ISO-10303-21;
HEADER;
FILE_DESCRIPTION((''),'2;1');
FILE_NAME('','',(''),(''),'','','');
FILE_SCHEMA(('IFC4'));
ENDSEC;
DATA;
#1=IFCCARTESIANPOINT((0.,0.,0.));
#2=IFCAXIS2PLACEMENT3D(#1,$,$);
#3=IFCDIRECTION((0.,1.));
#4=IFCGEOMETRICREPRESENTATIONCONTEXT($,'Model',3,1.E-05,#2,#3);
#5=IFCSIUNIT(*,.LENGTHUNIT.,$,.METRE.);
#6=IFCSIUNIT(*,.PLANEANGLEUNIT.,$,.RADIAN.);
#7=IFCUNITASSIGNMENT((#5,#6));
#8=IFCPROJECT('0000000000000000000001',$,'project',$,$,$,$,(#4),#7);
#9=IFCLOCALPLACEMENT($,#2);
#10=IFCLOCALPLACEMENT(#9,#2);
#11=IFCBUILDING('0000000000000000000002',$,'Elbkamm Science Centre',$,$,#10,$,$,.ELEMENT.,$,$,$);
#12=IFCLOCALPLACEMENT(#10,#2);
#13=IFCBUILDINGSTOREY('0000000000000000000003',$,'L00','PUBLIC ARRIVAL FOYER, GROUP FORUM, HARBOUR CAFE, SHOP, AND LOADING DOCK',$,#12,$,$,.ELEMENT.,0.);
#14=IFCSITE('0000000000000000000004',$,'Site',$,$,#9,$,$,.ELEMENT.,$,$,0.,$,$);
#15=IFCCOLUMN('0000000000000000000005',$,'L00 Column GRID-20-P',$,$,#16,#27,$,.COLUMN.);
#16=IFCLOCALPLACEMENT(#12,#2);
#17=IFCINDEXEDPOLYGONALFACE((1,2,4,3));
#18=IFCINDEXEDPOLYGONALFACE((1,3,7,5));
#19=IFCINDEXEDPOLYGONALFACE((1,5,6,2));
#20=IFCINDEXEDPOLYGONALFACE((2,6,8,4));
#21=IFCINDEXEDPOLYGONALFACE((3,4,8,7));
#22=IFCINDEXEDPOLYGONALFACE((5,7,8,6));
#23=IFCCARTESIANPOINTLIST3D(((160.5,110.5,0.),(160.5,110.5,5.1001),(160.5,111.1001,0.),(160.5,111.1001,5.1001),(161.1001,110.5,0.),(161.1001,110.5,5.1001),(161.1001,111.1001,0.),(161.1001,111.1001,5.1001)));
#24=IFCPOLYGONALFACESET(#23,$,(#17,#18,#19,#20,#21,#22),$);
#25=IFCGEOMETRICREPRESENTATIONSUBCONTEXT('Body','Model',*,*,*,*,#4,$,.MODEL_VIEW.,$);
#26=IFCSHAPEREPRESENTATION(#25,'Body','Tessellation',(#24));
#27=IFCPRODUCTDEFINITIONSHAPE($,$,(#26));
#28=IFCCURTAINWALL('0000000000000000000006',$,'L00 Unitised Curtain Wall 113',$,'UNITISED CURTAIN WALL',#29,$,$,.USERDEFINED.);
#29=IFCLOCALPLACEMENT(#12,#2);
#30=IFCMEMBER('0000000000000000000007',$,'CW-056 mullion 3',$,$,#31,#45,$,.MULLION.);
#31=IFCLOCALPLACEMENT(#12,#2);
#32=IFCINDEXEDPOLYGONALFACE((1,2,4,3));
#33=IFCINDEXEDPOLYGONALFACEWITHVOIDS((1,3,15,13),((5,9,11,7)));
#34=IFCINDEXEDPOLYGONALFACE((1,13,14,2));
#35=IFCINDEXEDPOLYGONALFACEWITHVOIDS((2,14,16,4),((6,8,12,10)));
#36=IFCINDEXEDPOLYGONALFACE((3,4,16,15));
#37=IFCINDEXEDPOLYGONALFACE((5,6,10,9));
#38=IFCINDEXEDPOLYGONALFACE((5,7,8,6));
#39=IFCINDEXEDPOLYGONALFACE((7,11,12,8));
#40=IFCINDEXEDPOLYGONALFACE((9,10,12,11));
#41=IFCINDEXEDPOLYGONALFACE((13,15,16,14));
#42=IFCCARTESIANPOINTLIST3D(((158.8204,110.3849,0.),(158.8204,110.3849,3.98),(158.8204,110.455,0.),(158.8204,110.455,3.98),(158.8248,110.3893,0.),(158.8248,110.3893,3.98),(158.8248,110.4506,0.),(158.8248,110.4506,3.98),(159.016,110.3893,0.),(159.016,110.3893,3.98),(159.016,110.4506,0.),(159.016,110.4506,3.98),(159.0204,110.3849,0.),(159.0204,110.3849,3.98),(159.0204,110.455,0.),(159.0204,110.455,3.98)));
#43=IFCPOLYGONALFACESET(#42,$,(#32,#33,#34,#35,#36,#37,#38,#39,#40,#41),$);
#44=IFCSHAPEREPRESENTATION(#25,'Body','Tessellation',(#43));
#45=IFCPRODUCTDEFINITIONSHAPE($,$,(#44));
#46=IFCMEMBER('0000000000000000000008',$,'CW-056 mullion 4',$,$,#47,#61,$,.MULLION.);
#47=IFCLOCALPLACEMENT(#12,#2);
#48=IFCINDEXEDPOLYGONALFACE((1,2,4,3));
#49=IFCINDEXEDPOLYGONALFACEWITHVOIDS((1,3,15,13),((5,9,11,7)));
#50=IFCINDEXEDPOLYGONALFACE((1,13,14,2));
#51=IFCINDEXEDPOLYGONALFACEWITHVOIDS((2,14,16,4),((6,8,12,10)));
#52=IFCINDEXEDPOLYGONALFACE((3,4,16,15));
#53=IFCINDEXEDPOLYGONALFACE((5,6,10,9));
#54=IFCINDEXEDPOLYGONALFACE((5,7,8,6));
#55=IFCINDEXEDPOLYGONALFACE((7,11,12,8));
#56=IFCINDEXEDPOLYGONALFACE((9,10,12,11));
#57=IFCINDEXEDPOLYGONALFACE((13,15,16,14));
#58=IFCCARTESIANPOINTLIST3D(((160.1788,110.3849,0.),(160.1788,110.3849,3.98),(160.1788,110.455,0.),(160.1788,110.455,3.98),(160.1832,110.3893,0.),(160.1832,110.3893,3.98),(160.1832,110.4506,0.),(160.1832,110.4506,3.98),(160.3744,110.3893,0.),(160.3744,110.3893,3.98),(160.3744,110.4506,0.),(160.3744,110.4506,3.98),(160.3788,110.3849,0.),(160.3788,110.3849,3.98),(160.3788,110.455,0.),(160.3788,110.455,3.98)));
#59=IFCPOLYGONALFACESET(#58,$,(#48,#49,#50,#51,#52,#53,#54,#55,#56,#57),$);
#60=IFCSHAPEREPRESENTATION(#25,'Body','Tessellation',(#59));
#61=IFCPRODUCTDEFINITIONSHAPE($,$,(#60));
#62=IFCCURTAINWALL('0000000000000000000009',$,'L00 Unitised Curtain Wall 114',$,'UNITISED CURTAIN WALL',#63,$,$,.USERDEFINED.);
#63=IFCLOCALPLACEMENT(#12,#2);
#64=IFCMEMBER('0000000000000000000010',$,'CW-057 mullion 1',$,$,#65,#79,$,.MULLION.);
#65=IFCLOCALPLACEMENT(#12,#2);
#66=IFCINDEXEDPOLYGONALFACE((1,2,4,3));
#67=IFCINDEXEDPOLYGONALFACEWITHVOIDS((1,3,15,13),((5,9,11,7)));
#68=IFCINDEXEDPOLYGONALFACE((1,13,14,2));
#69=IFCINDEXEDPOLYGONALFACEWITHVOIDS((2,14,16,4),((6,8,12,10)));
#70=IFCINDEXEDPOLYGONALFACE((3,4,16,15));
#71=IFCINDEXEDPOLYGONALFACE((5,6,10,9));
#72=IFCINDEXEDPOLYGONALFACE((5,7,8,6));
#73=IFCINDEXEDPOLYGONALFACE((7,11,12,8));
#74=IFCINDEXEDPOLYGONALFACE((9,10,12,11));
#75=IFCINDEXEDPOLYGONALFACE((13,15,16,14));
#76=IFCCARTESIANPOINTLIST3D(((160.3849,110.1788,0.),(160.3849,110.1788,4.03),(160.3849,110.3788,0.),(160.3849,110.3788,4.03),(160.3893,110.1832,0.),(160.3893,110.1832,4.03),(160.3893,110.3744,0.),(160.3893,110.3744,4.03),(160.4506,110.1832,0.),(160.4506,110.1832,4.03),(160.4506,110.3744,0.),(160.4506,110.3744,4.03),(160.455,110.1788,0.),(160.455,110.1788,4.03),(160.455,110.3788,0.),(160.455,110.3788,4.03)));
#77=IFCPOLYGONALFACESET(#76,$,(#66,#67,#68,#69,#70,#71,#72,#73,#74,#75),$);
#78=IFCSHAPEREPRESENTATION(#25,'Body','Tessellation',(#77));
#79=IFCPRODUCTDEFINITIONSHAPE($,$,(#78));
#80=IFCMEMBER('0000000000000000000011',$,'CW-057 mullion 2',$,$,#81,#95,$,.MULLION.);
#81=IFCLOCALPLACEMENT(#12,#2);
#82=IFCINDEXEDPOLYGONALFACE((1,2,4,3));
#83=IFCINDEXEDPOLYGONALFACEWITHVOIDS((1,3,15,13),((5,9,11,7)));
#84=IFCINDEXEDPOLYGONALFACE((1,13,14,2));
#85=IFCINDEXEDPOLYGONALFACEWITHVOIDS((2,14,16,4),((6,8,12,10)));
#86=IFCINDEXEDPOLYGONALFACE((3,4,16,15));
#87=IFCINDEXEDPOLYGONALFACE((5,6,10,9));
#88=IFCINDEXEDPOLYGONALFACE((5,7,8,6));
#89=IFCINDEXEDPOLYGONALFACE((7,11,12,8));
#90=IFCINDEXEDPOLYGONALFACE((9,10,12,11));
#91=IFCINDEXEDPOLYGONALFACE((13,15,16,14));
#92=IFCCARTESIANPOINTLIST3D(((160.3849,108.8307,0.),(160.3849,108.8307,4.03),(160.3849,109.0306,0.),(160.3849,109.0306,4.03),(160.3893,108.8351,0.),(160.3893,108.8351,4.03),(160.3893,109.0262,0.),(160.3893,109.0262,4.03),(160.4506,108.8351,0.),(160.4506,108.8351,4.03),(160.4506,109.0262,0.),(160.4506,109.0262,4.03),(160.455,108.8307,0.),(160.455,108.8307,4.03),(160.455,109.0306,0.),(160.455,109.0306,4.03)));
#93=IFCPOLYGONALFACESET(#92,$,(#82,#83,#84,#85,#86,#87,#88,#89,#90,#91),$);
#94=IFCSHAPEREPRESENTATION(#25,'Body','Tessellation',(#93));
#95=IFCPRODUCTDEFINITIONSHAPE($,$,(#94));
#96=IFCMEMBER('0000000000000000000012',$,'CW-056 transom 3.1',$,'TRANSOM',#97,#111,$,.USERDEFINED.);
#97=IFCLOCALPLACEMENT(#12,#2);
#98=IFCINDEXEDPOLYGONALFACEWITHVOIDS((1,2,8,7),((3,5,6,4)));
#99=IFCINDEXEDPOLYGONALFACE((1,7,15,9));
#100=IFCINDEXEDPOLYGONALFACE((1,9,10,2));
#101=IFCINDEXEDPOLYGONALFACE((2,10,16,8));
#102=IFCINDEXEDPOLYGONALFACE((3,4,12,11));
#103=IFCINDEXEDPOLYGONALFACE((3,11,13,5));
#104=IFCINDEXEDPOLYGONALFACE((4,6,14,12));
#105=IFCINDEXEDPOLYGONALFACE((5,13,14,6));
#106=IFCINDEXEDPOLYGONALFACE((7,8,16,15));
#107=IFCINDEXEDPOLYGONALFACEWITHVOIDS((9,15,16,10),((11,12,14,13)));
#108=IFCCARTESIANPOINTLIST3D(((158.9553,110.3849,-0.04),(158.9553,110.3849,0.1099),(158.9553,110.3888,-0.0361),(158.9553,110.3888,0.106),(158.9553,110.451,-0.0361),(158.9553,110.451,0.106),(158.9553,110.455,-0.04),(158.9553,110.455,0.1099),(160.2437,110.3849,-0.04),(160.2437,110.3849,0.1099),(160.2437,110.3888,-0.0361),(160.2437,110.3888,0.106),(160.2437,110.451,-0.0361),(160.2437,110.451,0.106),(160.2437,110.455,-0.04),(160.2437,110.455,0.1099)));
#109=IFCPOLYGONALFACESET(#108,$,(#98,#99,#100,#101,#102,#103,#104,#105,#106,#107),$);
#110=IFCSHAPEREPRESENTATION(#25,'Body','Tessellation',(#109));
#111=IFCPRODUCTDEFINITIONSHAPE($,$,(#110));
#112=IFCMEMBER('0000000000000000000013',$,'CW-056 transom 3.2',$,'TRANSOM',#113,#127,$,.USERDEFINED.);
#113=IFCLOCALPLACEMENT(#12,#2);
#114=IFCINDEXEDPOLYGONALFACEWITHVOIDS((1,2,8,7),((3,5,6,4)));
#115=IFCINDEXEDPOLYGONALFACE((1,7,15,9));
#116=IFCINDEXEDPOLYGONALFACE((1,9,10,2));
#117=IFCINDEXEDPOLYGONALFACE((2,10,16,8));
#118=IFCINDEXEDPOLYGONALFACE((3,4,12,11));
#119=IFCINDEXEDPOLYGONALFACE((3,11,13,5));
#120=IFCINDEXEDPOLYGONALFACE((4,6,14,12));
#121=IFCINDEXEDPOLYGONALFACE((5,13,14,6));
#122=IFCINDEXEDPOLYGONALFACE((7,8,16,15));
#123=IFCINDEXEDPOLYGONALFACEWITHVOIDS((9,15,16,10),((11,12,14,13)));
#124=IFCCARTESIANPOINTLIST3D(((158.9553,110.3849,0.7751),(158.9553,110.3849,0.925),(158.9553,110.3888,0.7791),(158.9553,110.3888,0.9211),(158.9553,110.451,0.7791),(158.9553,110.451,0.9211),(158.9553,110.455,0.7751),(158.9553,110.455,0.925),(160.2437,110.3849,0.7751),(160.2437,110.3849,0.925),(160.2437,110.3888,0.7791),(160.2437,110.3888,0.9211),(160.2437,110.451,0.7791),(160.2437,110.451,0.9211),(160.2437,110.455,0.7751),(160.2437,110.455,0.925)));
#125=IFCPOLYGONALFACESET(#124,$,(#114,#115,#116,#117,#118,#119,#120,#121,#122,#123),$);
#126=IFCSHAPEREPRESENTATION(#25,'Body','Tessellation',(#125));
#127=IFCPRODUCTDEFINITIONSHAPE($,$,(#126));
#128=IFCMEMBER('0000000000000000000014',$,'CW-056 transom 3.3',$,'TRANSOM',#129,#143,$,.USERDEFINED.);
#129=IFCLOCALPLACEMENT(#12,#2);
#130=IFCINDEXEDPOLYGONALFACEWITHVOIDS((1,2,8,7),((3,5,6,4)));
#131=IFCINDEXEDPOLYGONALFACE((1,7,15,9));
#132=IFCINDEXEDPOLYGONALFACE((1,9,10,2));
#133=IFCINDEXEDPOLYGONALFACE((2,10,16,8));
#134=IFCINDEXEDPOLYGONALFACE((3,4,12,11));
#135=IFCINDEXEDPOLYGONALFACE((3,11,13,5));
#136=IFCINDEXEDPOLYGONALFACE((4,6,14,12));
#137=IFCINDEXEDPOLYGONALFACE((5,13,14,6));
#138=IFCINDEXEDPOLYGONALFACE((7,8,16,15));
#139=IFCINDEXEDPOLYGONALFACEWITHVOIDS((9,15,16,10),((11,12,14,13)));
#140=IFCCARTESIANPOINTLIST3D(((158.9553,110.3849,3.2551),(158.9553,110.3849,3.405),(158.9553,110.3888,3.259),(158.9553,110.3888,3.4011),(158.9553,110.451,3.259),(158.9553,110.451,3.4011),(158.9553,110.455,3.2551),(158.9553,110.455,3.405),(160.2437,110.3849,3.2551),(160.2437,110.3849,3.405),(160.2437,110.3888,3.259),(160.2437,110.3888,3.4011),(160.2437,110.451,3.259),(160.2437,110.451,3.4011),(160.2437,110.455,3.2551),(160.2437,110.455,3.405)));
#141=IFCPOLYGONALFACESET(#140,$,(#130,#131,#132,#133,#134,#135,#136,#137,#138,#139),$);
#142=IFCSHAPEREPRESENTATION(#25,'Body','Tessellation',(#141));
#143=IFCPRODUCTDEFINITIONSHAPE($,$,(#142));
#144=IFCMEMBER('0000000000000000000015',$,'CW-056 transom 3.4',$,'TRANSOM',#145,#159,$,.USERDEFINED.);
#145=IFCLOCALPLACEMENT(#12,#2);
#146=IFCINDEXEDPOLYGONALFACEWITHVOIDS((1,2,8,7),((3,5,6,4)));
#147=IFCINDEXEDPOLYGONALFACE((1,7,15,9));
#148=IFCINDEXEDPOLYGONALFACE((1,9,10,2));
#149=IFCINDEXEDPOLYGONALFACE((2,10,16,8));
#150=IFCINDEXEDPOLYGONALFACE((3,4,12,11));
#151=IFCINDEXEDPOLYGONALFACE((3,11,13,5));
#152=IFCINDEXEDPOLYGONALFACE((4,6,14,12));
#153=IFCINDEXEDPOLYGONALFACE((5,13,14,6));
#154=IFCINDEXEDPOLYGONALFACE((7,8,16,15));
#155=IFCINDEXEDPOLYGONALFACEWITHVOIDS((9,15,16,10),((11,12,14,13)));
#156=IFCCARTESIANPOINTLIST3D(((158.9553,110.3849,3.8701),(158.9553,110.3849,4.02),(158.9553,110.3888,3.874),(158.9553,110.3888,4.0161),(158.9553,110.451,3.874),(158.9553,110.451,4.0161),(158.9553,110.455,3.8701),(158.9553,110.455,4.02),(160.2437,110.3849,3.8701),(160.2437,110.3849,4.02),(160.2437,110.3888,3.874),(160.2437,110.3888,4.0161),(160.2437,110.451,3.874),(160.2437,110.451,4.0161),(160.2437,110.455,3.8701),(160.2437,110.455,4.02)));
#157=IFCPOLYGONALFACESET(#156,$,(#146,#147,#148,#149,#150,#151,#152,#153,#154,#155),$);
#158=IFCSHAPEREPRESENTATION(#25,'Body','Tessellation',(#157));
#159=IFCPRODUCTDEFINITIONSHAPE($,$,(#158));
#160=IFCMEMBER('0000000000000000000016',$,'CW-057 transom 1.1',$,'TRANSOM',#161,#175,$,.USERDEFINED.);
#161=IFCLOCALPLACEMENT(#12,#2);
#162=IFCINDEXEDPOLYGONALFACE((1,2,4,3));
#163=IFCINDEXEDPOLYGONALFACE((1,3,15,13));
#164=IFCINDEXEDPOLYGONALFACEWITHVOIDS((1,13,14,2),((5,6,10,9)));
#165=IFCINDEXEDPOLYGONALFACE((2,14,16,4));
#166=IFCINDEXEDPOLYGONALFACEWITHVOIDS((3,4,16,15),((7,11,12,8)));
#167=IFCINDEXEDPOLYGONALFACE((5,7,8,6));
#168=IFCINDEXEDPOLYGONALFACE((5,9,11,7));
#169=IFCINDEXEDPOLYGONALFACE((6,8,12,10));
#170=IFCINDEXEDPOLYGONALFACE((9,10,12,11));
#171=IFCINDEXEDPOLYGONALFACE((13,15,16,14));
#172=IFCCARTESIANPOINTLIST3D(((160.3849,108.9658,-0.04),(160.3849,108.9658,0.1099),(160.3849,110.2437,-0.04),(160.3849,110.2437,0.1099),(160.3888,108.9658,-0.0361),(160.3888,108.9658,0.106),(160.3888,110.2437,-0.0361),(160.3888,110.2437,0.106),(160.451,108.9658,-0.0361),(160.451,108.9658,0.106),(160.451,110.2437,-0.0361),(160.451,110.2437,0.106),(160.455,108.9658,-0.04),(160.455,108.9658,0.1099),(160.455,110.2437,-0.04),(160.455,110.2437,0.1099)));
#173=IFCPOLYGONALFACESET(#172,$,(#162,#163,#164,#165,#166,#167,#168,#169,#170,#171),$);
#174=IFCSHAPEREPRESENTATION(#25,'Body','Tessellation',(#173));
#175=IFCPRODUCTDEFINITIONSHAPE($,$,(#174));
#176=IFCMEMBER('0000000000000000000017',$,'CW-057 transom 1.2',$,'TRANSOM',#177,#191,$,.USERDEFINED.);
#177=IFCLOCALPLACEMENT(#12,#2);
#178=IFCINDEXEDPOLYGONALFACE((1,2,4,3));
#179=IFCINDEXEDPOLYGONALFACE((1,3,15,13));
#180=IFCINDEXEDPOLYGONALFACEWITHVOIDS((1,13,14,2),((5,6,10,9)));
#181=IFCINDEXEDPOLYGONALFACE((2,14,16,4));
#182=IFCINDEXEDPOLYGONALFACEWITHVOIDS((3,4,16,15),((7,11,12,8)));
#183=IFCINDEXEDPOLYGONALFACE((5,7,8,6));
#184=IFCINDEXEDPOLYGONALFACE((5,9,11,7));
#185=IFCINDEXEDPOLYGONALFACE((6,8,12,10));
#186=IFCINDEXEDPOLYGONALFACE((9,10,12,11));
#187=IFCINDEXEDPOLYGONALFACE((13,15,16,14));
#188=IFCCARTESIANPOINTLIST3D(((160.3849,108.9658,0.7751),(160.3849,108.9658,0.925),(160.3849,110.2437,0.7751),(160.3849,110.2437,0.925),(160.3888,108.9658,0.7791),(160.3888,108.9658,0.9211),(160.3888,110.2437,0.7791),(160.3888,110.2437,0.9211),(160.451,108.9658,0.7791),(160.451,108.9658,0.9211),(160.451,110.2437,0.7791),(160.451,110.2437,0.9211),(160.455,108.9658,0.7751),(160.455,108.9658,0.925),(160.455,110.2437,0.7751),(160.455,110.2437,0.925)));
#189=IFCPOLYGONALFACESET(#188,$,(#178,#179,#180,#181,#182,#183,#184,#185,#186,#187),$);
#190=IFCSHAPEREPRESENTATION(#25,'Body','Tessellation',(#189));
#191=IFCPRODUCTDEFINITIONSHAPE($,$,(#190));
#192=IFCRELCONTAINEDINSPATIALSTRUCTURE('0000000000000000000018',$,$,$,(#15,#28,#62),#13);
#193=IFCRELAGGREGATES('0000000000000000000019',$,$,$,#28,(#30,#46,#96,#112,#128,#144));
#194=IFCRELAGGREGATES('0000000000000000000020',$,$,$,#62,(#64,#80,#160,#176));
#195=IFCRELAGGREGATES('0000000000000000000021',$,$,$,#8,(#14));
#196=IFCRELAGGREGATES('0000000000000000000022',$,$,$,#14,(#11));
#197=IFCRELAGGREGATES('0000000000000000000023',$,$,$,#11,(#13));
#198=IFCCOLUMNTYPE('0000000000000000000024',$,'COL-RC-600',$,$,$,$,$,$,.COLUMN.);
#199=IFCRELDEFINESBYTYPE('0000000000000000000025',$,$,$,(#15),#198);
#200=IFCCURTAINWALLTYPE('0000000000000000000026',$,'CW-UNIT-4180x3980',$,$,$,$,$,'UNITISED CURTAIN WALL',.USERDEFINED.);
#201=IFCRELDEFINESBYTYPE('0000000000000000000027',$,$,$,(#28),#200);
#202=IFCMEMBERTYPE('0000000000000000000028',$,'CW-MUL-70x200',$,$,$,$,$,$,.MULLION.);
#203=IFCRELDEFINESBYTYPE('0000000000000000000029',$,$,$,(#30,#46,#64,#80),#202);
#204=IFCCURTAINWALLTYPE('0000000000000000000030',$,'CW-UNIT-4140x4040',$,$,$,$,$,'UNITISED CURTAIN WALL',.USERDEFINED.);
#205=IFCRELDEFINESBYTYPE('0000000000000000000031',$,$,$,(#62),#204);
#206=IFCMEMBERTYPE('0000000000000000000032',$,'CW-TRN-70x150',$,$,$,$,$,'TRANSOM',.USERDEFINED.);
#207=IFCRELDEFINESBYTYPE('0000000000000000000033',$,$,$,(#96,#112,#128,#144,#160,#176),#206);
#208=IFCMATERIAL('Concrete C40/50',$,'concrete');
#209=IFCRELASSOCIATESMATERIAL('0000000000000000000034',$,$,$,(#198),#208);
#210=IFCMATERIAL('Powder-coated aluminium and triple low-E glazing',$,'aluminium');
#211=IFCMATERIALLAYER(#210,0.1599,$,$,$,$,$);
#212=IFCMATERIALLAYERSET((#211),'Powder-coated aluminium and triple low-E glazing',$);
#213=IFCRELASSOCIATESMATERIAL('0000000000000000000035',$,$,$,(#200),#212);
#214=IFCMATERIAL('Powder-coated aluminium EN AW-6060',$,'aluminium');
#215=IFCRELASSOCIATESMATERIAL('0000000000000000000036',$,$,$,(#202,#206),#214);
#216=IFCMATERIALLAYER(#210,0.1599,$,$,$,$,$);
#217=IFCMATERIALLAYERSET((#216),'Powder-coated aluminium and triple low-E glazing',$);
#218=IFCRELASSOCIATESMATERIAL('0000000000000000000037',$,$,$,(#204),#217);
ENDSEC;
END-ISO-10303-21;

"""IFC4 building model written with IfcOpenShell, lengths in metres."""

from ifc_helpers import new_model, si_unit, direction, frame, origin, origin_2d, place, context, subcontext, project, spatial, rectangle, hollow_rectangle, extrude, material, layer, layer_set, material_profile, profile_set, type_object, element, aggregate, save


model = new_model("IFC4")

# Units and contexts
model_context = context("Model", 3, precision=1e-05, world=origin(), true_north=direction((0.0, 1.0)))
body_context = subcontext(model_context, "Body", "Model", "MODEL_VIEW")
ifc_project = project(units=[si_unit("LENGTHUNIT", "METRE"), si_unit("PLANEANGLEUNIT", "RADIAN")], contexts=[model_context])

# Site, building, storey
site_placement = place(None, origin())
site = spatial("IfcSite", under=ifc_project, at=site_placement, Name="Site", CompositionType="ELEMENT", RefElevation=0.0)
building_placement = place(site_placement, origin())
building = spatial("IfcBuilding", under=site, at=building_placement, Name="Elbkamm Science Centre", CompositionType="ELEMENT")
storey_placement = place(building_placement, origin())
storey = spatial("IfcBuildingStorey", under=building, at=storey_placement, Name="L00", Description="PUBLIC ARRIVAL FOYER, GROUP FORUM, HARBOUR CAFE, SHOP, AND LOADING DOCK", CompositionType="ELEMENT", Elevation=0.0)

# Column
ifc_material_1 = material(Name="Concrete C40/50", Category="concrete")
ifc_material_profile_1 = material_profile(ifc_material_1, rectangle(XDim=0.6001, YDim=0.6001, at=origin_2d()), Name="RC 600x600")
ifc_profile_set_1 = profile_set([ifc_material_profile_1], Name="Concrete C40/50")
column_type = type_object("IfcColumnType", Name="COL-RC-600", PredefinedType="COLUMN", material=ifc_profile_set_1)
column_placement = place(storey_placement, frame((160.8, 110.8, 0.0), z_axis=(0.0, 0.0, 1.0), x_axis=(1.0, 0.0, 0.0)))
element("IfcColumn", 1, at=column_placement, inside=storey, type_object=column_type, Name="L00 Column GRID-20-P", PredefinedType="COLUMN", context=body_context, shape_type="SweptSolid", body=[
    extrude(rectangle(XDim=0.6001, YDim=0.6001, at=origin_2d()), origin(), (0.0, 0.0, 1.0), 5.1001),
])

# Curtain walls, members
ifc_material_2 = material(Name="Powder-coated aluminium and triple low-E glazing", Category="aluminium")
ifc_layer_1 = layer(ifc_material_2, 0.1599)
ifc_layer_set_1 = layer_set([ifc_layer_1], Name="Powder-coated aluminium and triple low-E glazing")
curtain_wall_type_1 = type_object("IfcCurtainWallType", Name="CW-UNIT-4180x3980", ElementType="UNITISED CURTAIN WALL", PredefinedType="USERDEFINED", material=ifc_layer_set_1)
curtain_wall_1_placement = place(storey_placement, origin())
curtain_wall_1 = element("IfcCurtainWall", 2, at=curtain_wall_1_placement, inside=storey, type_object=curtain_wall_type_1, Name="L00 Unitised Curtain Wall 113", ObjectType="UNITISED CURTAIN WALL", PredefinedType="USERDEFINED")
ifc_material_3 = material(Name="Powder-coated aluminium EN AW-6060", Category="aluminium")
ifc_material_profile_2 = material_profile(ifc_material_3, hollow_rectangle(XDim=0.0701, YDim=0.2, WallThickness=0.0044, at=origin_2d()), Name="ALU M70x200")
ifc_profile_set_2 = profile_set([ifc_material_profile_2], Name="Powder-coated aluminium EN AW-6060")
member_type_1 = type_object("IfcMemberType", Name="CW-MUL-70x200", PredefinedType="MULLION", material=ifc_profile_set_2)
member_1_placement = place(storey_placement, frame((158.9204, 110.4199, 0.0), z_axis=(0.0, 0.0, 1.0), x_axis=(0.0, 1.0, 0.0)))
member_1 = element("IfcMember", 3, at=member_1_placement, type_object=member_type_1, Name="CW-056 mullion 3", PredefinedType="MULLION", context=body_context, shape_type="SweptSolid", body=[
    extrude(hollow_rectangle(XDim=0.0701, YDim=0.2, WallThickness=0.0044, at=origin_2d()), origin(), (0.0, 0.0, 1.0), 3.98),
])
member_2_placement = place(storey_placement, frame((160.2788, 110.4199, 0.0), z_axis=(0.0, 0.0, 1.0), x_axis=(0.0, 1.0, 0.0)))
member_2 = element("IfcMember", 4, at=member_2_placement, type_object=member_type_1, Name="CW-056 mullion 4", PredefinedType="MULLION", context=body_context, shape_type="SweptSolid", body=[
    extrude(hollow_rectangle(XDim=0.0701, YDim=0.2, WallThickness=0.0044, at=origin_2d()), origin(), (0.0, 0.0, 1.0), 3.98),
])
ifc_layer_2 = layer(ifc_material_2, 0.1599)
ifc_layer_set_2 = layer_set([ifc_layer_2], Name="Powder-coated aluminium and triple low-E glazing")
curtain_wall_type_2 = type_object("IfcCurtainWallType", Name="CW-UNIT-4140x4040", ElementType="UNITISED CURTAIN WALL", PredefinedType="USERDEFINED", material=ifc_layer_set_2)
curtain_wall_2_placement = place(storey_placement, origin())
curtain_wall_2 = element("IfcCurtainWall", 5, at=curtain_wall_2_placement, inside=storey, type_object=curtain_wall_type_2, Name="L00 Unitised Curtain Wall 114", ObjectType="UNITISED CURTAIN WALL", PredefinedType="USERDEFINED")
member_3_placement = place(storey_placement, frame((160.4199, 110.2788, 0.0), z_axis=(0.0, 0.0, 1.0), x_axis=(1.0, 0.0, 0.0)))
member_3 = element("IfcMember", 6, at=member_3_placement, type_object=member_type_1, Name="CW-057 mullion 1", PredefinedType="MULLION", context=body_context, shape_type="SweptSolid", body=[
    extrude(hollow_rectangle(XDim=0.0701, YDim=0.2, WallThickness=0.0044, at=origin_2d()), origin(), (0.0, 0.0, 1.0), 4.03),
])
member_4_placement = place(storey_placement, frame((160.4199, 108.9307, 0.0), z_axis=(0.0, 0.0, 1.0), x_axis=(1.0, 0.0, 0.0)))
member_4 = element("IfcMember", 7, at=member_4_placement, type_object=member_type_1, Name="CW-057 mullion 2", PredefinedType="MULLION", context=body_context, shape_type="SweptSolid", body=[
    extrude(hollow_rectangle(XDim=0.0701, YDim=0.2, WallThickness=0.0044, at=origin_2d()), origin(), (0.0, 0.0, 1.0), 4.03),
])

# Members
ifc_material_profile_3 = material_profile(ifc_material_3, hollow_rectangle(XDim=0.0701, YDim=0.1499, WallThickness=0.0039, at=origin_2d()), Name="ALU T70x150")
ifc_profile_set_3 = profile_set([ifc_material_profile_3], Name="Powder-coated aluminium EN AW-6060")
member_type_2 = type_object("IfcMemberType", Name="CW-TRN-70x150", ElementType="TRANSOM", PredefinedType="USERDEFINED", material=ifc_profile_set_3)
member_5_placement = place(storey_placement, frame((158.9553, 110.4199, 0.0349), z_axis=(1.0, 0.0, 0.0), x_axis=(0.0, 1.0, 0.0)))
member_5 = element("IfcMember", 8, at=member_5_placement, type_object=member_type_2, Name="CW-056 transom 3.1", ObjectType="TRANSOM", PredefinedType="USERDEFINED", context=body_context, shape_type="SweptSolid", body=[
    extrude(hollow_rectangle(XDim=0.0701, YDim=0.1499, WallThickness=0.0039, at=origin_2d()), origin(), (0.0, 0.0, 1.0), 1.2883),
])
member_6_placement = place(storey_placement, frame((158.9553, 110.4199, 0.8501), z_axis=(1.0, 0.0, 0.0), x_axis=(0.0, 1.0, 0.0)))
member_6 = element("IfcMember", 9, at=member_6_placement, type_object=member_type_2, Name="CW-056 transom 3.2", ObjectType="TRANSOM", PredefinedType="USERDEFINED", context=body_context, shape_type="SweptSolid", body=[
    extrude(hollow_rectangle(XDim=0.0701, YDim=0.1499, WallThickness=0.0039, at=origin_2d()), origin(), (0.0, 0.0, 1.0), 1.2883),
])
member_7_placement = place(storey_placement, frame((158.9553, 110.4199, 3.3301), z_axis=(1.0, 0.0, 0.0), x_axis=(0.0, 1.0, 0.0)))
member_7 = element("IfcMember", 10, at=member_7_placement, type_object=member_type_2, Name="CW-056 transom 3.3", ObjectType="TRANSOM", PredefinedType="USERDEFINED", context=body_context, shape_type="SweptSolid", body=[
    extrude(hollow_rectangle(XDim=0.0701, YDim=0.1499, WallThickness=0.0039, at=origin_2d()), origin(), (0.0, 0.0, 1.0), 1.2883),
])
member_8_placement = place(storey_placement, frame((158.9553, 110.4199, 3.9451), z_axis=(1.0, 0.0, 0.0), x_axis=(0.0, 1.0, 0.0)))
member_8 = element("IfcMember", 11, at=member_8_placement, type_object=member_type_2, Name="CW-056 transom 3.4", ObjectType="TRANSOM", PredefinedType="USERDEFINED", context=body_context, shape_type="SweptSolid", body=[
    extrude(hollow_rectangle(XDim=0.0701, YDim=0.1499, WallThickness=0.0039, at=origin_2d()), origin(), (0.0, 0.0, 1.0), 1.2883),
])
member_9_placement = place(storey_placement, frame((160.4199, 110.2437, 0.0349), z_axis=(0.0, -1.0, 0.0), x_axis=(1.0, 0.0, 0.0)))
member_9 = element("IfcMember", 12, at=member_9_placement, type_object=member_type_2, Name="CW-057 transom 1.1", ObjectType="TRANSOM", PredefinedType="USERDEFINED", context=body_context, shape_type="SweptSolid", body=[
    extrude(hollow_rectangle(XDim=0.0701, YDim=0.1499, WallThickness=0.0039, at=origin_2d()), origin(), (0.0, 0.0, 1.0), 1.2778),
])
member_10_placement = place(storey_placement, frame((160.4199, 110.2437, 0.8501), z_axis=(0.0, -1.0, 0.0), x_axis=(1.0, 0.0, 0.0)))
member_10 = element("IfcMember", 13, at=member_10_placement, type_object=member_type_2, Name="CW-057 transom 1.2", ObjectType="TRANSOM", PredefinedType="USERDEFINED", context=body_context, shape_type="SweptSolid", body=[
    extrude(hollow_rectangle(XDim=0.0701, YDim=0.1499, WallThickness=0.0039, at=origin_2d()), origin(), (0.0, 0.0, 1.0), 1.2778),
])

aggregate(curtain_wall_1, [member_1, member_2, member_5, member_6, member_7, member_8])
aggregate(curtain_wall_2, [member_3, member_4, member_9, member_10])

save(model, "model.ifc")
